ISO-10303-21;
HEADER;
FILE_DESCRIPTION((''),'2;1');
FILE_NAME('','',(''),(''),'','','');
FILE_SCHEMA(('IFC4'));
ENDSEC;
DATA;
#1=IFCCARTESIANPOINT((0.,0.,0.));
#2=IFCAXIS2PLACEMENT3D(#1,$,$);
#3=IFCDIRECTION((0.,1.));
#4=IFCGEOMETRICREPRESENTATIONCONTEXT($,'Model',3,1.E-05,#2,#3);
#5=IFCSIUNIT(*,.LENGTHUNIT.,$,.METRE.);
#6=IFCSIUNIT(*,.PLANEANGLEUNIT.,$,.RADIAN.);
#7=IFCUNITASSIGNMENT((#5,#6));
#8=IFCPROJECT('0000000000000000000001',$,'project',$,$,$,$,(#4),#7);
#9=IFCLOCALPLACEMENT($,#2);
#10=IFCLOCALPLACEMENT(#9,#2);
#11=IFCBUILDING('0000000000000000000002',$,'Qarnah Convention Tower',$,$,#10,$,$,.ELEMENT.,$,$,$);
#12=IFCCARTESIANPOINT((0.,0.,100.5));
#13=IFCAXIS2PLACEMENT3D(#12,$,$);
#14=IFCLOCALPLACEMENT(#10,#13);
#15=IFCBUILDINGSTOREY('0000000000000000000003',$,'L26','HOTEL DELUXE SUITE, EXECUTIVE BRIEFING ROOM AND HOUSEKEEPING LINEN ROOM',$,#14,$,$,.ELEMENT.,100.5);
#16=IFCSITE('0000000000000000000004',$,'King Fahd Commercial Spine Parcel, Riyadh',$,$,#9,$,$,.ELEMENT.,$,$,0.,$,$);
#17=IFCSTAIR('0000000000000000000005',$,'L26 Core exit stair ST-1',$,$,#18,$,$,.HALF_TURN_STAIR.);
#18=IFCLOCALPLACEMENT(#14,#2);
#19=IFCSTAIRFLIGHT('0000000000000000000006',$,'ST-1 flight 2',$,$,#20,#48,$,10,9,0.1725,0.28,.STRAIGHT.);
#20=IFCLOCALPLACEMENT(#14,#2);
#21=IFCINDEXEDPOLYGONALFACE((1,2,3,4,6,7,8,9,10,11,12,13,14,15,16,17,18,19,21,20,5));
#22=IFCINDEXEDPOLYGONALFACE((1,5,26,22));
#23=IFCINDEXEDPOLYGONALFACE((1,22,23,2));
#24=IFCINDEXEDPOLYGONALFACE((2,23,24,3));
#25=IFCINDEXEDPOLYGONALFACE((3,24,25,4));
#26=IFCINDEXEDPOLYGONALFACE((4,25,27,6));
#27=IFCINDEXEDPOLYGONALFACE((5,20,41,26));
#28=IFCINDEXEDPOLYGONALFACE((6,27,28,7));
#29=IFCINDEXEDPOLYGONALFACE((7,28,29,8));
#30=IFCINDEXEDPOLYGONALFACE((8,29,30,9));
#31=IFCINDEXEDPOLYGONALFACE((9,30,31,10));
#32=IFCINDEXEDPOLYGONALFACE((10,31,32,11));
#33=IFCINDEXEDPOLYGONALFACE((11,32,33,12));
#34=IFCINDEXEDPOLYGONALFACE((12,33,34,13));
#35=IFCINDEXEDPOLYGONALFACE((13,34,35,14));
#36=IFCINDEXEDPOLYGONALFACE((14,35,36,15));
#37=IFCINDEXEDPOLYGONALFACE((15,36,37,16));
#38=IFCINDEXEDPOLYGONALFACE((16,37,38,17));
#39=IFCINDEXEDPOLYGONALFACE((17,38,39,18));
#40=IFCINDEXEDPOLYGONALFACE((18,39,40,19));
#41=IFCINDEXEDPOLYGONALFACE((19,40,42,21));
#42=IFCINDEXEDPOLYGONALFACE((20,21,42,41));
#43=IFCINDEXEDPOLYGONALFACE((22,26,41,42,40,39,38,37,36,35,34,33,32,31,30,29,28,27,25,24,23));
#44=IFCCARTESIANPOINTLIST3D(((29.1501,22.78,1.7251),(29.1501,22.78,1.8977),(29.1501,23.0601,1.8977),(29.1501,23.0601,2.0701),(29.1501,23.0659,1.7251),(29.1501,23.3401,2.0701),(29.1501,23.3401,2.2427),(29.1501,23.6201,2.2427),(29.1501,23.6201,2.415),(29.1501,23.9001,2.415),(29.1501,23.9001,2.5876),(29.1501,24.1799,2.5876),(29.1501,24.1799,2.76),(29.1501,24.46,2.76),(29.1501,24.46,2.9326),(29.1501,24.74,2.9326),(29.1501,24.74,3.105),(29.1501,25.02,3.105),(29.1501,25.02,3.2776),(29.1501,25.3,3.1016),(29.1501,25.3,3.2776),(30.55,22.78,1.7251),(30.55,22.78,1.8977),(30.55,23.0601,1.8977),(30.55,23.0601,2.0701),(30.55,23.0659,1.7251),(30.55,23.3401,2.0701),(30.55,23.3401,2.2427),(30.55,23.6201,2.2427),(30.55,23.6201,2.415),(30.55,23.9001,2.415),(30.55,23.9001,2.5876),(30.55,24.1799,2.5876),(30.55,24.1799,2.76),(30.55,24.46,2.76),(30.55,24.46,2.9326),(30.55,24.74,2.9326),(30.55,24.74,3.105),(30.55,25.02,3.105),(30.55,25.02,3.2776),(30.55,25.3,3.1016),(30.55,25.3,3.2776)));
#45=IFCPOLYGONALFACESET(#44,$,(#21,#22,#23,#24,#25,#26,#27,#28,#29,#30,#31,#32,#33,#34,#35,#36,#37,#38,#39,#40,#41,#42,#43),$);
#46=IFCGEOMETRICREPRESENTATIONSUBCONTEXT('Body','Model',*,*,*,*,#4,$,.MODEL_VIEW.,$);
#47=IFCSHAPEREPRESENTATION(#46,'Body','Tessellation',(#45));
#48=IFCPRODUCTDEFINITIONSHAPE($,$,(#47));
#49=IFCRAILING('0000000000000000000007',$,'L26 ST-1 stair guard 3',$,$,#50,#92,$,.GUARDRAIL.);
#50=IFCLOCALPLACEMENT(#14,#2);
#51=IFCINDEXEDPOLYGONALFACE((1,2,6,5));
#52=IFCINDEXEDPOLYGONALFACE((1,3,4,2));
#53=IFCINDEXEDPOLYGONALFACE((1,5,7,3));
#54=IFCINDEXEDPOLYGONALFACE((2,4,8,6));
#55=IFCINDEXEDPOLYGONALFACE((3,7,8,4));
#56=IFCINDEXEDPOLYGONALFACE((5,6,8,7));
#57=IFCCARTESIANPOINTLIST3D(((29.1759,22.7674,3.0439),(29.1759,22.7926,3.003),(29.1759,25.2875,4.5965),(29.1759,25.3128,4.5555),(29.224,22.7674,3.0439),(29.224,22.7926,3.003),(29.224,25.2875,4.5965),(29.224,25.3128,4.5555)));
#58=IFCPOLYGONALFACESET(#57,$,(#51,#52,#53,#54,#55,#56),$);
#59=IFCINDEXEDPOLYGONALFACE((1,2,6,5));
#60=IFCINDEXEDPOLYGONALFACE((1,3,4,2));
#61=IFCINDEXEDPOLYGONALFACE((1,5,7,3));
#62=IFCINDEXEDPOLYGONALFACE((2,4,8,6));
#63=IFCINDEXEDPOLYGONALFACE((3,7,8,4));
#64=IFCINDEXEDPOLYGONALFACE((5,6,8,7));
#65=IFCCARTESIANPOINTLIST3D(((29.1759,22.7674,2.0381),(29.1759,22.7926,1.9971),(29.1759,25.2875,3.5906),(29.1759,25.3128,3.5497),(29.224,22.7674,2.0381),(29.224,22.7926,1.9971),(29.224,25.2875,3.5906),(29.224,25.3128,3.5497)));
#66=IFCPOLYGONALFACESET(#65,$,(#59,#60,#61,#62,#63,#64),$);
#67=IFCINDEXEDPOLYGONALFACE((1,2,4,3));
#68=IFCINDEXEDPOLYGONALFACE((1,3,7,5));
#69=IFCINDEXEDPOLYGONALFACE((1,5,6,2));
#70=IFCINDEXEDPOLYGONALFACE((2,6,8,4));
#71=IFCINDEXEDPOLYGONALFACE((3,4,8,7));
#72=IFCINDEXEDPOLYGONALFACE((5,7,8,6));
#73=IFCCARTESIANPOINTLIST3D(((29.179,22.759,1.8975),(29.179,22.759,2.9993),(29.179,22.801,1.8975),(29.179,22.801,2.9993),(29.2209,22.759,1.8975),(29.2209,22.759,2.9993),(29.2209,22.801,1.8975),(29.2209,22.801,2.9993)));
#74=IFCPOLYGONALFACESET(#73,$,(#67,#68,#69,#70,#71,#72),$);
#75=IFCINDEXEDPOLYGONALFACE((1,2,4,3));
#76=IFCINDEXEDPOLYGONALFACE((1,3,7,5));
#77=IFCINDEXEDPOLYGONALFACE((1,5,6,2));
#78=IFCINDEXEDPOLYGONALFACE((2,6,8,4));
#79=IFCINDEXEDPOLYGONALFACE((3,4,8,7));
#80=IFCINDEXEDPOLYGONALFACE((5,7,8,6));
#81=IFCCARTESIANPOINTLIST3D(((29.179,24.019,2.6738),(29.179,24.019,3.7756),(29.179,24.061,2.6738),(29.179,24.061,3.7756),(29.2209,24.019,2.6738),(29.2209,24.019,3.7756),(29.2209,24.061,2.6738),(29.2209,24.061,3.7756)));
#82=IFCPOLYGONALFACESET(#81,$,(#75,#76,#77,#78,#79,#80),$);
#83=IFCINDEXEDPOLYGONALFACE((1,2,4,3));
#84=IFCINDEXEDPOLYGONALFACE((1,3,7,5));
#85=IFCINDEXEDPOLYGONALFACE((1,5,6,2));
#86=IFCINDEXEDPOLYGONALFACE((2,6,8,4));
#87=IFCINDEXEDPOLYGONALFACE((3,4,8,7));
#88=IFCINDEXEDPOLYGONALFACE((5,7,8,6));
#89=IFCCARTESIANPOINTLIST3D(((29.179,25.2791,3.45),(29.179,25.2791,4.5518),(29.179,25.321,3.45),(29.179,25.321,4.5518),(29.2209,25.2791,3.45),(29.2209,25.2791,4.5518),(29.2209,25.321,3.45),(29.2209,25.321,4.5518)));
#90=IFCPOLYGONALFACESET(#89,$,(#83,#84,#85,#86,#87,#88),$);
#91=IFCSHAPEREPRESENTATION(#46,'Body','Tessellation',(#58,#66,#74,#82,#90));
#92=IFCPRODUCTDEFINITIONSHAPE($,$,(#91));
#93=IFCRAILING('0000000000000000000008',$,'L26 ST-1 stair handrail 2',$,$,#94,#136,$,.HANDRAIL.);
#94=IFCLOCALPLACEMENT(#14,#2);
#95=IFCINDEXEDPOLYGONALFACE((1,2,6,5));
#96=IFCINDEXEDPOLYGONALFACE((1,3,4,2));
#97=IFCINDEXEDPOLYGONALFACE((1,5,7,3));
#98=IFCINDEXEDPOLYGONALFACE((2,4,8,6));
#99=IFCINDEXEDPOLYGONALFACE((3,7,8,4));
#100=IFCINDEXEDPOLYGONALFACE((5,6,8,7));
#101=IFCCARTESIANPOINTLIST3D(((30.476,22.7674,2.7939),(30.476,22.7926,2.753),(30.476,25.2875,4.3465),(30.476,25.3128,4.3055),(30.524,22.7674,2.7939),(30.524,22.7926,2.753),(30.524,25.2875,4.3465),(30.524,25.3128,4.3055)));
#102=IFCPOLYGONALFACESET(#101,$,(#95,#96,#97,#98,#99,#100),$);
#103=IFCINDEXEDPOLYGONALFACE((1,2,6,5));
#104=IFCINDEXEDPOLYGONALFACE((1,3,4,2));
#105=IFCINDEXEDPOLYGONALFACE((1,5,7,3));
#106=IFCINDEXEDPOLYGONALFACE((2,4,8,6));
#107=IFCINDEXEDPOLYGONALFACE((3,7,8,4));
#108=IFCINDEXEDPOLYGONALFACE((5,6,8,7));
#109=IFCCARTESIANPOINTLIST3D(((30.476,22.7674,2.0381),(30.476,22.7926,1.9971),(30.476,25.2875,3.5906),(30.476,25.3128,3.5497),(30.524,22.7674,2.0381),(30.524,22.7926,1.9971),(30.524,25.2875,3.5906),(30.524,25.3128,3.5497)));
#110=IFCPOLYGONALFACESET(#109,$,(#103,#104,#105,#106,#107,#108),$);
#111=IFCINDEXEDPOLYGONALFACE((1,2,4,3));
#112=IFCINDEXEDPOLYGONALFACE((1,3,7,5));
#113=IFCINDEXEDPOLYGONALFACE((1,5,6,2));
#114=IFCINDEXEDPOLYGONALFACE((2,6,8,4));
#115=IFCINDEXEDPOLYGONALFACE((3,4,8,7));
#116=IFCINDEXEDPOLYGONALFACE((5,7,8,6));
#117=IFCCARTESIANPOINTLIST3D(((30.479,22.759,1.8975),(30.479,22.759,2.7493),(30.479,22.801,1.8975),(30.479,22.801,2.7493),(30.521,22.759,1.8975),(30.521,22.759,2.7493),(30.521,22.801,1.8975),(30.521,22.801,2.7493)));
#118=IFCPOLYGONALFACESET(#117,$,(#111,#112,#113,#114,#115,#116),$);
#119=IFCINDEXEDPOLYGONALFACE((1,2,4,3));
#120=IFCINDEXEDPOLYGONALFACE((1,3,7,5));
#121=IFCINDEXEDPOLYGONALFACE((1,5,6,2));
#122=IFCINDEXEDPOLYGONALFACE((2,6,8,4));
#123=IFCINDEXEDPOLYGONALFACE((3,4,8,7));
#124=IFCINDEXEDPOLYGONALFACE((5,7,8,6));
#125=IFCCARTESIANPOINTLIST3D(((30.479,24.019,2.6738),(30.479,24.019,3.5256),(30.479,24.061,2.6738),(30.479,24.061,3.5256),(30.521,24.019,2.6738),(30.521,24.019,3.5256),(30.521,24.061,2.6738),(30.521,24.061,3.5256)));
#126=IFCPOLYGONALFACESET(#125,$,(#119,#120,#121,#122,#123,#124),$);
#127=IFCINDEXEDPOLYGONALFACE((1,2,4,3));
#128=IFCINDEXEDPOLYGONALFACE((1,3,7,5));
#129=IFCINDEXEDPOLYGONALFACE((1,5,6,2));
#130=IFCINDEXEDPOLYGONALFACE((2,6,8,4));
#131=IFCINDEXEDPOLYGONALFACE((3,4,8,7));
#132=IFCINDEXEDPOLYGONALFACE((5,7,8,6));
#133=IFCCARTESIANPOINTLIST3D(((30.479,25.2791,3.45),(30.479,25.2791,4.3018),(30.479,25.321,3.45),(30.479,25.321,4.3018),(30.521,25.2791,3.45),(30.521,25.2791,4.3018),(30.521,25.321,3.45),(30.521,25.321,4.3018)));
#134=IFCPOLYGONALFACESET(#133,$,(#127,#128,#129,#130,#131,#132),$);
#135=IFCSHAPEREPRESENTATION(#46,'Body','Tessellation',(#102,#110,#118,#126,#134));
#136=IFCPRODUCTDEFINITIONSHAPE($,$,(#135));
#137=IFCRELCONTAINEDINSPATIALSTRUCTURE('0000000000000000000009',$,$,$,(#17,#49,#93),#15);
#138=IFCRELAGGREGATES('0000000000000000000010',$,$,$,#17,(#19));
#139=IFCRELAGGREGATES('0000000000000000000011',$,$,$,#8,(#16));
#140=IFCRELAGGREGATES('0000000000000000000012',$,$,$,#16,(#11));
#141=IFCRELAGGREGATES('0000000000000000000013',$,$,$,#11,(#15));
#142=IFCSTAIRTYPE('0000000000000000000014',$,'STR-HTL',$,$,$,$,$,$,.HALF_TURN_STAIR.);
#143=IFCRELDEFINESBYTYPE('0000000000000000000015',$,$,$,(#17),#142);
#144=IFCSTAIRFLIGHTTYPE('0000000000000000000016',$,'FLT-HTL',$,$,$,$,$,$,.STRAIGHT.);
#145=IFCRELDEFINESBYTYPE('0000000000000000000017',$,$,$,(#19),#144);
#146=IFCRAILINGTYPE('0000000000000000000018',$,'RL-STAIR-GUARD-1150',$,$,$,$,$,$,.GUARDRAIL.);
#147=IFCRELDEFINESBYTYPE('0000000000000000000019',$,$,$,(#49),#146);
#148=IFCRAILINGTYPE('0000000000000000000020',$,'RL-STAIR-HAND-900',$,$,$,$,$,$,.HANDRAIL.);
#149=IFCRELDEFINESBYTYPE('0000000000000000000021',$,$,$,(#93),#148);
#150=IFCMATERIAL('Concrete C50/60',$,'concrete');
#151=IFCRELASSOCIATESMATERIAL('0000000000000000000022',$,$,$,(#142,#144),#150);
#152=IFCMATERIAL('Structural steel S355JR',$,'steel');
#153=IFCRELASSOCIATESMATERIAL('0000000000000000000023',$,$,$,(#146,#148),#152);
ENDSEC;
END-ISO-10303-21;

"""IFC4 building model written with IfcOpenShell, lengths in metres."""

from ifc_helpers import new_model, si_unit, direction, frame, origin, origin_2d, place, context, subcontext, project, spatial, polyline, rectangle, outline, extrude, material, type_object, element, aggregate, save


model = new_model("IFC4")

# Units and contexts
model_context = context("Model", 3, precision=1e-05, world=origin(), true_north=direction((0.0, 1.0)))
body_context = subcontext(model_context, "Body", "Model", "MODEL_VIEW")
ifc_project = project(units=[si_unit("LENGTHUNIT", "METRE"), si_unit("PLANEANGLEUNIT", "RADIAN")], contexts=[model_context])

# Site, building, storey
site_placement = place(None, origin())
site = spatial("IfcSite", under=ifc_project, at=site_placement, Name="King Fahd Commercial Spine Parcel, Riyadh", CompositionType="ELEMENT", RefElevation=0.0)
building_placement = place(site_placement, origin())
building = spatial("IfcBuilding", under=site, at=building_placement, Name="Qarnah Convention Tower", CompositionType="ELEMENT")
storey_placement = place(building_placement, frame((0.0, 0.0, 100.5)))
storey = spatial("IfcBuildingStorey", under=building, at=storey_placement, Name="L26", Description="HOTEL DELUXE SUITE, EXECUTIVE BRIEFING ROOM AND HOUSEKEEPING LINEN ROOM", CompositionType="ELEMENT", Elevation=100.5)

# Shared definitions
ifc_material_1 = material(Name="Structural steel S355JR", Category="steel")

# Stair, stair flight
ifc_material_2 = material(Name="Concrete C50/60", Category="concrete")
stair_type = type_object("IfcStairType", Name="STR-HTL", PredefinedType="HALF_TURN_STAIR", material=ifc_material_2)
stair_placement = place(storey_placement, origin())
stair = element("IfcStair", 1, at=stair_placement, inside=storey, type_object=stair_type, Name="L26 Core exit stair ST-1", PredefinedType="HALF_TURN_STAIR")
stair_flight_type = type_object("IfcStairFlightType", Name="FLT-HTL", PredefinedType="STRAIGHT", material=ifc_material_2)
stair_flight_placement = place(storey_placement, frame((29.8501, 22.78, 1.7251), z_axis=(0.0, 0.0, 1.0), x_axis=(0.0, 1.0, 0.0)))
stair_flight = element("IfcStairFlight", 2, at=stair_flight_placement, type_object=stair_flight_type, Name="ST-1 flight 2", NumberOfRisers=10, NumberOfTreads=9, PredefinedType="STRAIGHT", RiserHeight=0.1725, TreadLength=0.28, context=body_context, shape_type="SweptSolid", body=[
    extrude(outline(polyline([(0.0, 0.0), (0.0, 0.1726), (0.28, 0.1726), (0.28, 0.345), (0.5601, 0.345), (0.5601, 0.5176), (0.8401, 0.5176), (0.8401, 0.6899), (1.1201, 0.6899), (1.1201, 0.8625), (1.3999, 0.8625), (1.3999, 1.0349), (1.6799, 1.0349), (1.6799, 1.2075), (1.96, 1.2075), (1.96, 1.3799), (2.24, 1.3799), (2.24, 1.5525), (2.52, 1.5525), (2.52, 1.7251), (2.52, 1.3765), (0.2859, 0.0), (0.0, 0.0)])), frame((0.0, 0.7, 0.0), z_axis=(0.0, -1.0, 0.0), x_axis=(1.0, 0.0, 0.0)), (0.0, 0.0, 1.0), 1.3999),
])
aggregate(stair, [stair_flight])

# Railings
railing_type_1 = type_object("IfcRailingType", Name="RL-STAIR-GUARD-1150", PredefinedType="GUARDRAIL", material=ifc_material_1)
railing_1_placement = place(storey_placement, frame((29.2, 22.78, 1.8975)))
element("IfcRailing", 3, at=railing_1_placement, inside=storey, type_object=railing_type_1, Name="L26 ST-1 stair guard 3", PredefinedType="GUARDRAIL", context=body_context, shape_type="SweptSolid", body=[
    extrude(rectangle(XDim=0.0481, YDim=0.0481, at=origin_2d()), frame((0.0, 0.0, 1.126), z_axis=(0.0, 0.8514, 0.524516), x_axis=(-1.0, 0.0, 0.0)), (0.0, 0.0, 1.0), 2.96),
    extrude(rectangle(XDim=0.0481, YDim=0.0481, at=origin_2d()), frame((0.0, 0.0, 0.1201), z_axis=(0.0, 0.8514, 0.524516), x_axis=(-1.0, 0.0, 0.0)), (0.0, 0.0, 1.0), 2.96),
    extrude(rectangle(XDim=0.042, YDim=0.042, at=origin_2d()), origin(), (0.0, 0.0, 1.0), 1.1018),
    extrude(rectangle(XDim=0.042, YDim=0.042, at=origin_2d()), frame((0.0, 1.26, 0.7764)), (0.0, 0.0, 1.0), 1.1018),
    extrude(rectangle(XDim=0.042, YDim=0.042, at=origin_2d()), frame((0.0, 2.52, 1.5525)), (0.0, 0.0, 1.0), 1.1018),
])
railing_type_2 = type_object("IfcRailingType", Name="RL-STAIR-HAND-900", PredefinedType="HANDRAIL", material=ifc_material_1)
railing_2_placement = place(storey_placement, frame((30.5, 22.78, 1.8975)))
element("IfcRailing", 4, at=railing_2_placement, inside=storey, type_object=railing_type_2, Name="L26 ST-1 stair handrail 2", PredefinedType="HANDRAIL", context=body_context, shape_type="SweptSolid", body=[
    extrude(rectangle(XDim=0.0481, YDim=0.0481, at=origin_2d()), frame((0.0, 0.0, 0.876), z_axis=(0.0, 0.8514, 0.524516), x_axis=(-1.0, 0.0, 0.0)), (0.0, 0.0, 1.0), 2.96),
    extrude(rectangle(XDim=0.0481, YDim=0.0481, at=origin_2d()), frame((0.0, 0.0, 0.1201), z_axis=(0.0, 0.8514, 0.524516), x_axis=(-1.0, 0.0, 0.0)), (0.0, 0.0, 1.0), 2.96),
    extrude(rectangle(XDim=0.042, YDim=0.042, at=origin_2d()), origin(), (0.0, 0.0, 1.0), 0.8518),
    extrude(rectangle(XDim=0.042, YDim=0.042, at=origin_2d()), frame((0.0, 1.26, 0.7764)), (0.0, 0.0, 1.0), 0.8518),
    extrude(rectangle(XDim=0.042, YDim=0.042, at=origin_2d()), frame((0.0, 2.52, 1.5525)), (0.0, 0.0, 1.0), 0.8518),
])

save(model, "model.ifc")
